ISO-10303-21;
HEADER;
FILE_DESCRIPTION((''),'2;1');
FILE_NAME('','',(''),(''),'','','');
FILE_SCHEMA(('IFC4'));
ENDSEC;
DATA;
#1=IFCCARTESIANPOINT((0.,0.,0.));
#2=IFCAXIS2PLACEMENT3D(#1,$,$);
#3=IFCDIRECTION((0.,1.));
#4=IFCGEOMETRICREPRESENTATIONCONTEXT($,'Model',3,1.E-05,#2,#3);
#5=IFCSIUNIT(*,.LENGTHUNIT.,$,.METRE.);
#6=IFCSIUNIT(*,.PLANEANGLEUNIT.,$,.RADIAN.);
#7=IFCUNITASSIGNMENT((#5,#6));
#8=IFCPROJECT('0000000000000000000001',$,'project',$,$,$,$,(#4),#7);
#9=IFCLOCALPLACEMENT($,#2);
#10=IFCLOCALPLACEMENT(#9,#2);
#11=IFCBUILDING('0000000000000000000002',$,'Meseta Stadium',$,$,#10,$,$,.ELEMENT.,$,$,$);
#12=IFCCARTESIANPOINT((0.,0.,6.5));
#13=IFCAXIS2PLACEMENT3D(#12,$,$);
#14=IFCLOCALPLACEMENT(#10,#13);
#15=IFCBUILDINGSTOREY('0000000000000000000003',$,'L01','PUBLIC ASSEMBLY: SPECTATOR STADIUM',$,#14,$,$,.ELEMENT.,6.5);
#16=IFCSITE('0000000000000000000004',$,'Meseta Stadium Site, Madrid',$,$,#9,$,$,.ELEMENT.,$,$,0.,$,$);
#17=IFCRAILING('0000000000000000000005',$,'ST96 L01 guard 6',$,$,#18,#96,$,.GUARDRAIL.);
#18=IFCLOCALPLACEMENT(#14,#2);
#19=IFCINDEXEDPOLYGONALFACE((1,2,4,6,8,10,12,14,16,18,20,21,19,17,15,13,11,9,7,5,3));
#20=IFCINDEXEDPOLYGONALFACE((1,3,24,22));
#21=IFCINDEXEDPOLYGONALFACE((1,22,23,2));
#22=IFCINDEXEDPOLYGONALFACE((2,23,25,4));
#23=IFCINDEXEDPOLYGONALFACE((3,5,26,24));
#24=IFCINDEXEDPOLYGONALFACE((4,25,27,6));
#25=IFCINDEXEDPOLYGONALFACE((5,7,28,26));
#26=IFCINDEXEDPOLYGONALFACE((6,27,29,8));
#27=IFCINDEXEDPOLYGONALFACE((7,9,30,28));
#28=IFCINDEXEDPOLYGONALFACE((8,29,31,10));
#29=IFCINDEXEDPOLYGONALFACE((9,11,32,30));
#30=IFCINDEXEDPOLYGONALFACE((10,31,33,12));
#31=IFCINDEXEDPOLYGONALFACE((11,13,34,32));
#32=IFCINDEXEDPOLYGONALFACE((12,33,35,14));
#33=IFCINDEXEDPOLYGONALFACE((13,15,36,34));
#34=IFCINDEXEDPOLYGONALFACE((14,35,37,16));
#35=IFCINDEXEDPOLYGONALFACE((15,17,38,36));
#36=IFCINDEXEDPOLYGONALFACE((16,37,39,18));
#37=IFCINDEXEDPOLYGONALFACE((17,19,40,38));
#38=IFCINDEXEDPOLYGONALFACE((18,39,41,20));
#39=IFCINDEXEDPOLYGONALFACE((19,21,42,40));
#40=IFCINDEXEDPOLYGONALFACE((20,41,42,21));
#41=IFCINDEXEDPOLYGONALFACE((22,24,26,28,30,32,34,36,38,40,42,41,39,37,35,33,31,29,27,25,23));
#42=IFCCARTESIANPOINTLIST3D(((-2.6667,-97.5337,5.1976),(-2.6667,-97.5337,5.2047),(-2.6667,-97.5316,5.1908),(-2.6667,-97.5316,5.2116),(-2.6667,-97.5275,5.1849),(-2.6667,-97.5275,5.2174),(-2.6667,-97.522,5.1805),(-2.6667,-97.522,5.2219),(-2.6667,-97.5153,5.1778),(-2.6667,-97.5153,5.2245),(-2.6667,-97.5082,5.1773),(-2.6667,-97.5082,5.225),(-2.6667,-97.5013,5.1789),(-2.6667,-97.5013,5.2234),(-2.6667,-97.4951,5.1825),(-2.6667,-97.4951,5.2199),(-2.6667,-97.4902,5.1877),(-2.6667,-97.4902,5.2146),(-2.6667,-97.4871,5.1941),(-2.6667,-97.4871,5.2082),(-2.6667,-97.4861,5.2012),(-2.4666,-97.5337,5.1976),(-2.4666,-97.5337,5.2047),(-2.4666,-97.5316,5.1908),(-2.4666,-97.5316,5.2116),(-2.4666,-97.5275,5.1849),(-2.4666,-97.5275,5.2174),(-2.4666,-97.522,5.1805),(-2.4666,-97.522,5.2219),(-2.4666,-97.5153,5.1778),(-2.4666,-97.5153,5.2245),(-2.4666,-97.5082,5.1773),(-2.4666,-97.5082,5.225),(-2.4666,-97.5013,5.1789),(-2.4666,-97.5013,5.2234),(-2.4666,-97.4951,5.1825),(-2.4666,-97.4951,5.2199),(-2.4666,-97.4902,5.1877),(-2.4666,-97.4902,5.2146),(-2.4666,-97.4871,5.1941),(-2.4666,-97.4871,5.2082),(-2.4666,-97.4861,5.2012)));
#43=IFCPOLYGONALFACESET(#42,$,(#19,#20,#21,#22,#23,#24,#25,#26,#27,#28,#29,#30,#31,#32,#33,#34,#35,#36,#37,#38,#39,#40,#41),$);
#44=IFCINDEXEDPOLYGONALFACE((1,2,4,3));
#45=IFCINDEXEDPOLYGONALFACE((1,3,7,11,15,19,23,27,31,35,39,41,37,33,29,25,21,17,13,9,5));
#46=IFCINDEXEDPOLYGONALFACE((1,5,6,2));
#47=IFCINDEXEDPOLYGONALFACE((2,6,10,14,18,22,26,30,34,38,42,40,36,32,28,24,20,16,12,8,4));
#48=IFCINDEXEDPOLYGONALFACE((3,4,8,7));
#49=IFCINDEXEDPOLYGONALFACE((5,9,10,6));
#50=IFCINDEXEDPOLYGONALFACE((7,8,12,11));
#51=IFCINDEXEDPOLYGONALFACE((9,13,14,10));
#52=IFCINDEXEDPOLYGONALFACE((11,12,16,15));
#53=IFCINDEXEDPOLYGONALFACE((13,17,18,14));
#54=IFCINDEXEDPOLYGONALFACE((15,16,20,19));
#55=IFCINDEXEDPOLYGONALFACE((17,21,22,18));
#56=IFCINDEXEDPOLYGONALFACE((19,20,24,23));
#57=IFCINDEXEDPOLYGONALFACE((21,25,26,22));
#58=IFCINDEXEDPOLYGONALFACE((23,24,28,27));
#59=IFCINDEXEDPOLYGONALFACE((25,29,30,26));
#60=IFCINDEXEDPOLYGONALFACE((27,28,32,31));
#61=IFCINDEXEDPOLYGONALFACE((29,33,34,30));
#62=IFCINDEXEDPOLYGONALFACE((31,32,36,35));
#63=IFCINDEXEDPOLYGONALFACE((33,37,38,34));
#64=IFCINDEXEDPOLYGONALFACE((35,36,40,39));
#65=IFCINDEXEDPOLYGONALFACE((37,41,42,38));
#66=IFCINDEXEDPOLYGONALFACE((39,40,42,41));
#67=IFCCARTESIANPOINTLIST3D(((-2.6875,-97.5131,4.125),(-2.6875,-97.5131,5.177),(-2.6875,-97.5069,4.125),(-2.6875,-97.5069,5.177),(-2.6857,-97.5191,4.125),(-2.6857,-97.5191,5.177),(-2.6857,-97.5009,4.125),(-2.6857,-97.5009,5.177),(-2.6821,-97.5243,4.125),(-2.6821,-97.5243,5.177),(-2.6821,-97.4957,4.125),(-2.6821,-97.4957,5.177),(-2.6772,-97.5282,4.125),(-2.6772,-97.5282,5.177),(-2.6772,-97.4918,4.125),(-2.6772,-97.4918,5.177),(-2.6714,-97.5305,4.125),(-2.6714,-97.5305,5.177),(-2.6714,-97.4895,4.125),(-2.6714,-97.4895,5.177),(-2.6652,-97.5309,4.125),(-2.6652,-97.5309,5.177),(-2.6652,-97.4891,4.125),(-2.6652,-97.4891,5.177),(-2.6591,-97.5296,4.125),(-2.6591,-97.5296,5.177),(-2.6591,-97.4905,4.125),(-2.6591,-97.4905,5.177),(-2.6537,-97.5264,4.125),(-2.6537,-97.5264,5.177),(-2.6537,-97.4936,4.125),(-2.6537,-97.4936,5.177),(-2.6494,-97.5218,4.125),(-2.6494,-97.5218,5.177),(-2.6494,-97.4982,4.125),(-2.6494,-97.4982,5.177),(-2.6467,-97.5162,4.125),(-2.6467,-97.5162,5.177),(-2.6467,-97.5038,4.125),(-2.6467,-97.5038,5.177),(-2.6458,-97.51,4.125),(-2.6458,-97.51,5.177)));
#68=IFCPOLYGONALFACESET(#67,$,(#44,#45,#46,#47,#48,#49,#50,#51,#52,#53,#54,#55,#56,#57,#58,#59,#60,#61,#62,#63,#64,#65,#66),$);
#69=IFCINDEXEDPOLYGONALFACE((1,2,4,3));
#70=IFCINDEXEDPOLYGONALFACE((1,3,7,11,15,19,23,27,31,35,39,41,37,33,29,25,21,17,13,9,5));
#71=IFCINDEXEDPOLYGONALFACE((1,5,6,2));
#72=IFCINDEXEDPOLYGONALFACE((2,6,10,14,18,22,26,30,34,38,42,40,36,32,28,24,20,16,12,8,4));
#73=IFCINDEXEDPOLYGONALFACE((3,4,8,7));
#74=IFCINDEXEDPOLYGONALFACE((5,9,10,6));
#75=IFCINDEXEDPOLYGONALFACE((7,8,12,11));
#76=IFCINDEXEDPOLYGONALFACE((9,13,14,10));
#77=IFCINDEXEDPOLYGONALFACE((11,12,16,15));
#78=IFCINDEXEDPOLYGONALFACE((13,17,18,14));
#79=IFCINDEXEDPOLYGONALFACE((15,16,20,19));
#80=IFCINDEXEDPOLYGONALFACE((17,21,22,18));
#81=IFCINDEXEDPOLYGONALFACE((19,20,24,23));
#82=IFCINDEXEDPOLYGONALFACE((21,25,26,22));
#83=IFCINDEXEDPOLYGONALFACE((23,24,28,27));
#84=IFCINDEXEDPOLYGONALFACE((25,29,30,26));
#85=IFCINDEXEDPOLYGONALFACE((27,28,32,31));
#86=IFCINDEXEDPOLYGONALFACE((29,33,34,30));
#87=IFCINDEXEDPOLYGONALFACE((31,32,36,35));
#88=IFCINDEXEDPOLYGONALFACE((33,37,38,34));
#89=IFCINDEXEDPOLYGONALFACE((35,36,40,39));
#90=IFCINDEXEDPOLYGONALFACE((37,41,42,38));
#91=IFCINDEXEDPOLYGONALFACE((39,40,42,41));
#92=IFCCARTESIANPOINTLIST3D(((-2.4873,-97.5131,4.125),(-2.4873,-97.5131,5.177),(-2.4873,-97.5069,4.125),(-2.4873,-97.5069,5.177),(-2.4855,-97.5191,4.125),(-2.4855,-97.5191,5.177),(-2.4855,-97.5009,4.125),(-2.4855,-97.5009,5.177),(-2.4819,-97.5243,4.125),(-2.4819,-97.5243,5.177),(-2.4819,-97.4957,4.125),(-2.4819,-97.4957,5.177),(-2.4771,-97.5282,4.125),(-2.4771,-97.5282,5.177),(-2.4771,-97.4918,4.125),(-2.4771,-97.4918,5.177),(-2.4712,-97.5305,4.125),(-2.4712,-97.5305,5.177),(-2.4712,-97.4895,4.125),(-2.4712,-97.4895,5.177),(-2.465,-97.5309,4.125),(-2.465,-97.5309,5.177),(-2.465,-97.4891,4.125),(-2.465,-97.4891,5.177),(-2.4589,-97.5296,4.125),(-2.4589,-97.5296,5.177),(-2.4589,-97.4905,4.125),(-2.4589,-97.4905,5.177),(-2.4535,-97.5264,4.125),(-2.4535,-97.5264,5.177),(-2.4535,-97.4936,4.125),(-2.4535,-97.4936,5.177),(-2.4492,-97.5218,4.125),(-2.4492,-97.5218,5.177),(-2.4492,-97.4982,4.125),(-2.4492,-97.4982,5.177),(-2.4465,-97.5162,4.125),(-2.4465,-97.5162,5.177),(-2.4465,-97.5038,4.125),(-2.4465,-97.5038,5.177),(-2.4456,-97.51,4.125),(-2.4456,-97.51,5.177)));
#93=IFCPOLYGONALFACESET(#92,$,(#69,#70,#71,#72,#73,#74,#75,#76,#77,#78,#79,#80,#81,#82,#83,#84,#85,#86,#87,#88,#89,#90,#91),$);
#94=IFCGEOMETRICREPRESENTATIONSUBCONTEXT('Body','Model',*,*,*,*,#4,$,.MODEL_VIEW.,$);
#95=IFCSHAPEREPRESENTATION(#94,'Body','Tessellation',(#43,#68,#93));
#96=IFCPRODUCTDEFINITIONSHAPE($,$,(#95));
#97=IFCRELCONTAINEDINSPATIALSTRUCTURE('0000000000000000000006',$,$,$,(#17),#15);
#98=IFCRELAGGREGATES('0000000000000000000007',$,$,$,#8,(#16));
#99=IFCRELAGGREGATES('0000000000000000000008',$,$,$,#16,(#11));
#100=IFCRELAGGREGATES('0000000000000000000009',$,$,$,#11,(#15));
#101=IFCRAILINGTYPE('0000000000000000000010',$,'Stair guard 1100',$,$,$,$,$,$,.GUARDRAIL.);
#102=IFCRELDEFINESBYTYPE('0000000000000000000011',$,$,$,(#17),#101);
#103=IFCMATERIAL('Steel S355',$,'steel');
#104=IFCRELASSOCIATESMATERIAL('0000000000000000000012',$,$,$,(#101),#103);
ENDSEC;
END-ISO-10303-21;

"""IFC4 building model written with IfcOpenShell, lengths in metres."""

from ifc_helpers import new_model, si_unit, direction, frame, origin, origin_2d, place, context, subcontext, project, spatial, circle, extrude, material, type_object, element, save


model = new_model("IFC4")

# Units and contexts
model_context = context("Model", 3, precision=1e-05, world=origin(), true_north=direction((0.0, 1.0)))
body_context = subcontext(model_context, "Body", "Model", "MODEL_VIEW")
ifc_project = project(units=[si_unit("LENGTHUNIT", "METRE"), si_unit("PLANEANGLEUNIT", "RADIAN")], contexts=[model_context])

# Site, building, storey
site_placement = place(None, origin())
site = spatial("IfcSite", under=ifc_project, at=site_placement, Name="Meseta Stadium Site, Madrid", CompositionType="ELEMENT", RefElevation=0.0)
building_placement = place(site_placement, origin())
building = spatial("IfcBuilding", under=site, at=building_placement, Name="Meseta Stadium", CompositionType="ELEMENT")
storey_placement = place(building_placement, frame((0.0, 0.0, 6.5)))
storey = spatial("IfcBuildingStorey", under=building, at=storey_placement, Name="L01", Description="PUBLIC ASSEMBLY: SPECTATOR STADIUM", CompositionType="ELEMENT", Elevation=6.5)

# Railing
ifc_material_1 = material(Name="Steel S355", Category="steel")
railing_type_1 = type_object("IfcRailingType", Name="Stair guard 1100", PredefinedType="GUARDRAIL", material=ifc_material_1)
railing_1_placement = place(storey_placement, frame((-2.6667, -97.51, 4.125)))
element("IfcRailing", 1, at=railing_1_placement, inside=storey, type_object=railing_type_1, Name="ST96 L01 guard 6", PredefinedType="GUARDRAIL", context=body_context, shape_type="SweptSolid", body=[
    extrude(circle(Radius=0.0239, at=origin_2d()), frame((0.0, 0.0, 1.0762), z_axis=(1.0, 0.0, 0.0), x_axis=(0.0, 1.0, 0.0)), (0.0, 0.0, 1.0), 0.2002),
    extrude(circle(Radius=0.021, at=origin_2d()), origin(), (0.0, 0.0, 1.0), 1.052),
    extrude(circle(Radius=0.021, at=origin_2d()), frame((0.2002, 0.0, 0.0)), (0.0, 0.0, 1.0), 1.052),
])

save(model, "model.ifc")
